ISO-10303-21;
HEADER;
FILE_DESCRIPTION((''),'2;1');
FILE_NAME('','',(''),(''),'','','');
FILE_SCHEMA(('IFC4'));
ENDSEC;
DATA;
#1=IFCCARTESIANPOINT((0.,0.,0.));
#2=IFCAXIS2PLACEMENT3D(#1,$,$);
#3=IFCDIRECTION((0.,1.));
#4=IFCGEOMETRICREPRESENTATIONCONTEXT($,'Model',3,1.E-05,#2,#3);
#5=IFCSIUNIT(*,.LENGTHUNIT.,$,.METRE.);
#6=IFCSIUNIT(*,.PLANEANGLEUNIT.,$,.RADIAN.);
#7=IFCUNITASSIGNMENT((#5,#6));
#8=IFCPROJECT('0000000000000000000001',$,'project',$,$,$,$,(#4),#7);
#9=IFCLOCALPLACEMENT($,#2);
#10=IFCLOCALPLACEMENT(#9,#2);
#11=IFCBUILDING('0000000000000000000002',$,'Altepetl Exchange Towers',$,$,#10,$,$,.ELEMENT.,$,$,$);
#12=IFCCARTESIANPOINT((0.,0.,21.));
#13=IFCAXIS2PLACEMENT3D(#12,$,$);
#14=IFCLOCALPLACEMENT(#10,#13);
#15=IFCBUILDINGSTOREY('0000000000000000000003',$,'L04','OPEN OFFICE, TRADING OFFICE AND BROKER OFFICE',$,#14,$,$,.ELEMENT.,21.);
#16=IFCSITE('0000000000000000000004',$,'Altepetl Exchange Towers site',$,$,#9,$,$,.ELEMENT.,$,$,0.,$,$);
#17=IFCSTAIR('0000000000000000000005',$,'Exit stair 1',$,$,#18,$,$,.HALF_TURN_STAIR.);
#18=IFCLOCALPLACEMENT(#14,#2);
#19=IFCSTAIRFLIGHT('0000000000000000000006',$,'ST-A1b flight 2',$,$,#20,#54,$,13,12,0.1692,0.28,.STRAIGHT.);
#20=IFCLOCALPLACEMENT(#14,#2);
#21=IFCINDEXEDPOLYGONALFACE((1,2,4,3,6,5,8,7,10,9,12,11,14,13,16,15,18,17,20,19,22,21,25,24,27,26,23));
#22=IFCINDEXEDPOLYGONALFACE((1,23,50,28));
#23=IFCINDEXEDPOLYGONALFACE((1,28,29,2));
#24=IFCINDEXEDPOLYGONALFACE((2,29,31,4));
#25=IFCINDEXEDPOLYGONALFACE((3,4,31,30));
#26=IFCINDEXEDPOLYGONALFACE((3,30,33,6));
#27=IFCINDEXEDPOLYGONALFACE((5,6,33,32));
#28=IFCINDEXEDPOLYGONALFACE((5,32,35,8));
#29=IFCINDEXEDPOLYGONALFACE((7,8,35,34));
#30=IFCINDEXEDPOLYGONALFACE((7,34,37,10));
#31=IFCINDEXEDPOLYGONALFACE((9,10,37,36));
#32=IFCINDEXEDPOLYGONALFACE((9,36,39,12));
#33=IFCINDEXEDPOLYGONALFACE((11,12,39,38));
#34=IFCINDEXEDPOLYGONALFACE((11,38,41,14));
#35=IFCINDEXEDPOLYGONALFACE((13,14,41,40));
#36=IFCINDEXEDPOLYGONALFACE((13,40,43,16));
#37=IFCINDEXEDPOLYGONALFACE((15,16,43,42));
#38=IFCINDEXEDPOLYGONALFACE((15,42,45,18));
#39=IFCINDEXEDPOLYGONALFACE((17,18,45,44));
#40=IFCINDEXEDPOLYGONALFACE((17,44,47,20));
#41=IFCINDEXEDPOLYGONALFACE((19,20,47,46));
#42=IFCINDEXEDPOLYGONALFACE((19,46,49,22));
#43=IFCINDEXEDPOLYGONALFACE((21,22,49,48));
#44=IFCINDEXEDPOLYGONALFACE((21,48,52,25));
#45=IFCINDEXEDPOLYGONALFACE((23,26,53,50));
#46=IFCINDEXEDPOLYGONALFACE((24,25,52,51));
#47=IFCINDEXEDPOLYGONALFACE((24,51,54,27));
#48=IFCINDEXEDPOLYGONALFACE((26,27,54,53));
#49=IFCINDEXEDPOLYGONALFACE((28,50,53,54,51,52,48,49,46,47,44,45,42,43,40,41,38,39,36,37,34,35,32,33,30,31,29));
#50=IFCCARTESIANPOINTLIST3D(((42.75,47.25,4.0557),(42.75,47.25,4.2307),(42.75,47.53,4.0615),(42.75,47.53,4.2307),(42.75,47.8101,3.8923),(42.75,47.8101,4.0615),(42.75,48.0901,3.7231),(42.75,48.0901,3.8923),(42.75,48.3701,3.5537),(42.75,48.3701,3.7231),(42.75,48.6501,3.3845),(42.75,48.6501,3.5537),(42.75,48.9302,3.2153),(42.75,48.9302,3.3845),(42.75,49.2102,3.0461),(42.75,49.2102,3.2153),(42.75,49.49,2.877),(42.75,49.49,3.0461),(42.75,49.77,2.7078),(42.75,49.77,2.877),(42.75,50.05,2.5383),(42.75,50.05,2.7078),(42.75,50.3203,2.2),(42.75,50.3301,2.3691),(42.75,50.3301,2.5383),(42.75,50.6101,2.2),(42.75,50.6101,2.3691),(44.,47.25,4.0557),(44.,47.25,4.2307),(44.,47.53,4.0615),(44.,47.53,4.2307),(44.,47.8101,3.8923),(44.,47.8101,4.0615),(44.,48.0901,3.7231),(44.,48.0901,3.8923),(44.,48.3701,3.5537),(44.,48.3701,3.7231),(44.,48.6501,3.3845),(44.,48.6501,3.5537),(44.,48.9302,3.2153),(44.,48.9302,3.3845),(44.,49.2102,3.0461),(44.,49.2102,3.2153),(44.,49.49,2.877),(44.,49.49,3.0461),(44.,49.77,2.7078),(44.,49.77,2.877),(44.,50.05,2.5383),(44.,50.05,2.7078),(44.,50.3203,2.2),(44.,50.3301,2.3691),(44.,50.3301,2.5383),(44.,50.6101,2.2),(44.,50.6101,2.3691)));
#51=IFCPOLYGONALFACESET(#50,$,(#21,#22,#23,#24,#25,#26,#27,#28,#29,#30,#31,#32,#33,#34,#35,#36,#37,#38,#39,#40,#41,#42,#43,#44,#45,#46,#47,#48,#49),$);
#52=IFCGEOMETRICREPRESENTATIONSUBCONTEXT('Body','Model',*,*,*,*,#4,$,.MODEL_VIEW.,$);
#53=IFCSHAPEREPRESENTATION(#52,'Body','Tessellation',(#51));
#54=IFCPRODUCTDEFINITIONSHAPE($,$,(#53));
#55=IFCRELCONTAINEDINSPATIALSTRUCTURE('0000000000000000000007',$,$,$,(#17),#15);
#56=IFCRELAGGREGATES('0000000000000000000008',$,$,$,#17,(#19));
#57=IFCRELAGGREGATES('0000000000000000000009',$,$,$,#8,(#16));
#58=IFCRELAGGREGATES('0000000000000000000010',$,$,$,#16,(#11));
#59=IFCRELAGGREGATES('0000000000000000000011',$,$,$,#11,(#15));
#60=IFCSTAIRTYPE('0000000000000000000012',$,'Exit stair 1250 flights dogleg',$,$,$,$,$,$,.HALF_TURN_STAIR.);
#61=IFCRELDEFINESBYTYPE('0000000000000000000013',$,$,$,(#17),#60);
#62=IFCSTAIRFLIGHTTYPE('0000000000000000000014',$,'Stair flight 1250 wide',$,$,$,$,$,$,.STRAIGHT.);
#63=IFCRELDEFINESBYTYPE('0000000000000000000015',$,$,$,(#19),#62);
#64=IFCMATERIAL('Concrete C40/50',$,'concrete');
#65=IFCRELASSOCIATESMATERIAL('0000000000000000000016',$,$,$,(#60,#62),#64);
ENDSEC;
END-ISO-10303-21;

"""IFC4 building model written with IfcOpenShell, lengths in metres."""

from ifc_helpers import new_model, si_unit, direction, frame, origin, place, context, subcontext, project, spatial, polyline, outline, extrude, material, type_object, element, aggregate, save


model = new_model("IFC4")

# Units and contexts
model_context = context("Model", 3, precision=1e-05, world=origin(), true_north=direction((0.0, 1.0)))
body_context = subcontext(model_context, "Body", "Model", "MODEL_VIEW")
ifc_project = project(units=[si_unit("LENGTHUNIT", "METRE"), si_unit("PLANEANGLEUNIT", "RADIAN")], contexts=[model_context])

# Site, building, storey
site_placement = place(None, origin())
site = spatial("IfcSite", under=ifc_project, at=site_placement, Name="Altepetl Exchange Towers site", CompositionType="ELEMENT", RefElevation=0.0)
building_placement = place(site_placement, origin())
building = spatial("IfcBuilding", under=site, at=building_placement, Name="Altepetl Exchange Towers", CompositionType="ELEMENT")
storey_placement = place(building_placement, frame((0.0, 0.0, 21.0)))
storey = spatial("IfcBuildingStorey", under=building, at=storey_placement, Name="L04", Description="OPEN OFFICE, TRADING OFFICE AND BROKER OFFICE", CompositionType="ELEMENT", Elevation=21.0)

# Shared definitions
ifc_material_1 = material(Name="Concrete C40/50", Category="concrete")

# Stair, stair flight
stair_type = type_object("IfcStairType", Name="Exit stair 1250 flights dogleg", PredefinedType="HALF_TURN_STAIR", material=ifc_material_1)
stair_placement = place(storey_placement, origin())
stair = element("IfcStair", 1, at=stair_placement, inside=storey, type_object=stair_type, Name="Exit stair 1", PredefinedType="HALF_TURN_STAIR")
stair_flight_type = type_object("IfcStairFlightType", Name="Stair flight 1250 wide", PredefinedType="STRAIGHT", material=ifc_material_1)
stair_flight_placement = place(storey_placement, frame((43.375, 50.6101, 2.2), z_axis=(0.0, 0.0, 1.0), x_axis=(0.0, -1.0, 0.0)))
stair_flight = element("IfcStairFlight", 2, at=stair_flight_placement, type_object=stair_flight_type, Name="ST-A1b flight 2", NumberOfRisers=13, NumberOfTreads=12, PredefinedType="STRAIGHT", RiserHeight=0.1692, TreadLength=0.28, context=body_context, shape_type="SweptSolid", body=[
    extrude(outline(polyline([(0.0, 0.0), (0.0, 0.1692), (0.28, 0.1692), (0.28, 0.3384), (0.5601, 0.3384), (0.5601, 0.5078), (0.8401, 0.5078), (0.8401, 0.677), (1.1201, 0.677), (1.1201, 0.8462), (1.3999, 0.8462), (1.3999, 1.0154), (1.6799, 1.0154), (1.6799, 1.1846), (1.96, 1.1846), (1.96, 1.3538), (2.24, 1.3538), (2.24, 1.5232), (2.52, 1.5232), (2.52, 1.6924), (2.8, 1.6924), (2.8, 1.8616), (3.0801, 1.8616), (3.0801, 2.0308), (3.3601, 2.0308), (3.3601, 2.2), (3.3601, 1.8557), (0.2898, 0.0), (0.0, 0.0)])), frame((0.0, 0.625, 0.0), z_axis=(0.0, -1.0, 0.0), x_axis=(1.0, 0.0, 0.0)), (0.0, 0.0, 1.0), 1.25),
])
aggregate(stair, [stair_flight])

save(model, "model.ifc")
